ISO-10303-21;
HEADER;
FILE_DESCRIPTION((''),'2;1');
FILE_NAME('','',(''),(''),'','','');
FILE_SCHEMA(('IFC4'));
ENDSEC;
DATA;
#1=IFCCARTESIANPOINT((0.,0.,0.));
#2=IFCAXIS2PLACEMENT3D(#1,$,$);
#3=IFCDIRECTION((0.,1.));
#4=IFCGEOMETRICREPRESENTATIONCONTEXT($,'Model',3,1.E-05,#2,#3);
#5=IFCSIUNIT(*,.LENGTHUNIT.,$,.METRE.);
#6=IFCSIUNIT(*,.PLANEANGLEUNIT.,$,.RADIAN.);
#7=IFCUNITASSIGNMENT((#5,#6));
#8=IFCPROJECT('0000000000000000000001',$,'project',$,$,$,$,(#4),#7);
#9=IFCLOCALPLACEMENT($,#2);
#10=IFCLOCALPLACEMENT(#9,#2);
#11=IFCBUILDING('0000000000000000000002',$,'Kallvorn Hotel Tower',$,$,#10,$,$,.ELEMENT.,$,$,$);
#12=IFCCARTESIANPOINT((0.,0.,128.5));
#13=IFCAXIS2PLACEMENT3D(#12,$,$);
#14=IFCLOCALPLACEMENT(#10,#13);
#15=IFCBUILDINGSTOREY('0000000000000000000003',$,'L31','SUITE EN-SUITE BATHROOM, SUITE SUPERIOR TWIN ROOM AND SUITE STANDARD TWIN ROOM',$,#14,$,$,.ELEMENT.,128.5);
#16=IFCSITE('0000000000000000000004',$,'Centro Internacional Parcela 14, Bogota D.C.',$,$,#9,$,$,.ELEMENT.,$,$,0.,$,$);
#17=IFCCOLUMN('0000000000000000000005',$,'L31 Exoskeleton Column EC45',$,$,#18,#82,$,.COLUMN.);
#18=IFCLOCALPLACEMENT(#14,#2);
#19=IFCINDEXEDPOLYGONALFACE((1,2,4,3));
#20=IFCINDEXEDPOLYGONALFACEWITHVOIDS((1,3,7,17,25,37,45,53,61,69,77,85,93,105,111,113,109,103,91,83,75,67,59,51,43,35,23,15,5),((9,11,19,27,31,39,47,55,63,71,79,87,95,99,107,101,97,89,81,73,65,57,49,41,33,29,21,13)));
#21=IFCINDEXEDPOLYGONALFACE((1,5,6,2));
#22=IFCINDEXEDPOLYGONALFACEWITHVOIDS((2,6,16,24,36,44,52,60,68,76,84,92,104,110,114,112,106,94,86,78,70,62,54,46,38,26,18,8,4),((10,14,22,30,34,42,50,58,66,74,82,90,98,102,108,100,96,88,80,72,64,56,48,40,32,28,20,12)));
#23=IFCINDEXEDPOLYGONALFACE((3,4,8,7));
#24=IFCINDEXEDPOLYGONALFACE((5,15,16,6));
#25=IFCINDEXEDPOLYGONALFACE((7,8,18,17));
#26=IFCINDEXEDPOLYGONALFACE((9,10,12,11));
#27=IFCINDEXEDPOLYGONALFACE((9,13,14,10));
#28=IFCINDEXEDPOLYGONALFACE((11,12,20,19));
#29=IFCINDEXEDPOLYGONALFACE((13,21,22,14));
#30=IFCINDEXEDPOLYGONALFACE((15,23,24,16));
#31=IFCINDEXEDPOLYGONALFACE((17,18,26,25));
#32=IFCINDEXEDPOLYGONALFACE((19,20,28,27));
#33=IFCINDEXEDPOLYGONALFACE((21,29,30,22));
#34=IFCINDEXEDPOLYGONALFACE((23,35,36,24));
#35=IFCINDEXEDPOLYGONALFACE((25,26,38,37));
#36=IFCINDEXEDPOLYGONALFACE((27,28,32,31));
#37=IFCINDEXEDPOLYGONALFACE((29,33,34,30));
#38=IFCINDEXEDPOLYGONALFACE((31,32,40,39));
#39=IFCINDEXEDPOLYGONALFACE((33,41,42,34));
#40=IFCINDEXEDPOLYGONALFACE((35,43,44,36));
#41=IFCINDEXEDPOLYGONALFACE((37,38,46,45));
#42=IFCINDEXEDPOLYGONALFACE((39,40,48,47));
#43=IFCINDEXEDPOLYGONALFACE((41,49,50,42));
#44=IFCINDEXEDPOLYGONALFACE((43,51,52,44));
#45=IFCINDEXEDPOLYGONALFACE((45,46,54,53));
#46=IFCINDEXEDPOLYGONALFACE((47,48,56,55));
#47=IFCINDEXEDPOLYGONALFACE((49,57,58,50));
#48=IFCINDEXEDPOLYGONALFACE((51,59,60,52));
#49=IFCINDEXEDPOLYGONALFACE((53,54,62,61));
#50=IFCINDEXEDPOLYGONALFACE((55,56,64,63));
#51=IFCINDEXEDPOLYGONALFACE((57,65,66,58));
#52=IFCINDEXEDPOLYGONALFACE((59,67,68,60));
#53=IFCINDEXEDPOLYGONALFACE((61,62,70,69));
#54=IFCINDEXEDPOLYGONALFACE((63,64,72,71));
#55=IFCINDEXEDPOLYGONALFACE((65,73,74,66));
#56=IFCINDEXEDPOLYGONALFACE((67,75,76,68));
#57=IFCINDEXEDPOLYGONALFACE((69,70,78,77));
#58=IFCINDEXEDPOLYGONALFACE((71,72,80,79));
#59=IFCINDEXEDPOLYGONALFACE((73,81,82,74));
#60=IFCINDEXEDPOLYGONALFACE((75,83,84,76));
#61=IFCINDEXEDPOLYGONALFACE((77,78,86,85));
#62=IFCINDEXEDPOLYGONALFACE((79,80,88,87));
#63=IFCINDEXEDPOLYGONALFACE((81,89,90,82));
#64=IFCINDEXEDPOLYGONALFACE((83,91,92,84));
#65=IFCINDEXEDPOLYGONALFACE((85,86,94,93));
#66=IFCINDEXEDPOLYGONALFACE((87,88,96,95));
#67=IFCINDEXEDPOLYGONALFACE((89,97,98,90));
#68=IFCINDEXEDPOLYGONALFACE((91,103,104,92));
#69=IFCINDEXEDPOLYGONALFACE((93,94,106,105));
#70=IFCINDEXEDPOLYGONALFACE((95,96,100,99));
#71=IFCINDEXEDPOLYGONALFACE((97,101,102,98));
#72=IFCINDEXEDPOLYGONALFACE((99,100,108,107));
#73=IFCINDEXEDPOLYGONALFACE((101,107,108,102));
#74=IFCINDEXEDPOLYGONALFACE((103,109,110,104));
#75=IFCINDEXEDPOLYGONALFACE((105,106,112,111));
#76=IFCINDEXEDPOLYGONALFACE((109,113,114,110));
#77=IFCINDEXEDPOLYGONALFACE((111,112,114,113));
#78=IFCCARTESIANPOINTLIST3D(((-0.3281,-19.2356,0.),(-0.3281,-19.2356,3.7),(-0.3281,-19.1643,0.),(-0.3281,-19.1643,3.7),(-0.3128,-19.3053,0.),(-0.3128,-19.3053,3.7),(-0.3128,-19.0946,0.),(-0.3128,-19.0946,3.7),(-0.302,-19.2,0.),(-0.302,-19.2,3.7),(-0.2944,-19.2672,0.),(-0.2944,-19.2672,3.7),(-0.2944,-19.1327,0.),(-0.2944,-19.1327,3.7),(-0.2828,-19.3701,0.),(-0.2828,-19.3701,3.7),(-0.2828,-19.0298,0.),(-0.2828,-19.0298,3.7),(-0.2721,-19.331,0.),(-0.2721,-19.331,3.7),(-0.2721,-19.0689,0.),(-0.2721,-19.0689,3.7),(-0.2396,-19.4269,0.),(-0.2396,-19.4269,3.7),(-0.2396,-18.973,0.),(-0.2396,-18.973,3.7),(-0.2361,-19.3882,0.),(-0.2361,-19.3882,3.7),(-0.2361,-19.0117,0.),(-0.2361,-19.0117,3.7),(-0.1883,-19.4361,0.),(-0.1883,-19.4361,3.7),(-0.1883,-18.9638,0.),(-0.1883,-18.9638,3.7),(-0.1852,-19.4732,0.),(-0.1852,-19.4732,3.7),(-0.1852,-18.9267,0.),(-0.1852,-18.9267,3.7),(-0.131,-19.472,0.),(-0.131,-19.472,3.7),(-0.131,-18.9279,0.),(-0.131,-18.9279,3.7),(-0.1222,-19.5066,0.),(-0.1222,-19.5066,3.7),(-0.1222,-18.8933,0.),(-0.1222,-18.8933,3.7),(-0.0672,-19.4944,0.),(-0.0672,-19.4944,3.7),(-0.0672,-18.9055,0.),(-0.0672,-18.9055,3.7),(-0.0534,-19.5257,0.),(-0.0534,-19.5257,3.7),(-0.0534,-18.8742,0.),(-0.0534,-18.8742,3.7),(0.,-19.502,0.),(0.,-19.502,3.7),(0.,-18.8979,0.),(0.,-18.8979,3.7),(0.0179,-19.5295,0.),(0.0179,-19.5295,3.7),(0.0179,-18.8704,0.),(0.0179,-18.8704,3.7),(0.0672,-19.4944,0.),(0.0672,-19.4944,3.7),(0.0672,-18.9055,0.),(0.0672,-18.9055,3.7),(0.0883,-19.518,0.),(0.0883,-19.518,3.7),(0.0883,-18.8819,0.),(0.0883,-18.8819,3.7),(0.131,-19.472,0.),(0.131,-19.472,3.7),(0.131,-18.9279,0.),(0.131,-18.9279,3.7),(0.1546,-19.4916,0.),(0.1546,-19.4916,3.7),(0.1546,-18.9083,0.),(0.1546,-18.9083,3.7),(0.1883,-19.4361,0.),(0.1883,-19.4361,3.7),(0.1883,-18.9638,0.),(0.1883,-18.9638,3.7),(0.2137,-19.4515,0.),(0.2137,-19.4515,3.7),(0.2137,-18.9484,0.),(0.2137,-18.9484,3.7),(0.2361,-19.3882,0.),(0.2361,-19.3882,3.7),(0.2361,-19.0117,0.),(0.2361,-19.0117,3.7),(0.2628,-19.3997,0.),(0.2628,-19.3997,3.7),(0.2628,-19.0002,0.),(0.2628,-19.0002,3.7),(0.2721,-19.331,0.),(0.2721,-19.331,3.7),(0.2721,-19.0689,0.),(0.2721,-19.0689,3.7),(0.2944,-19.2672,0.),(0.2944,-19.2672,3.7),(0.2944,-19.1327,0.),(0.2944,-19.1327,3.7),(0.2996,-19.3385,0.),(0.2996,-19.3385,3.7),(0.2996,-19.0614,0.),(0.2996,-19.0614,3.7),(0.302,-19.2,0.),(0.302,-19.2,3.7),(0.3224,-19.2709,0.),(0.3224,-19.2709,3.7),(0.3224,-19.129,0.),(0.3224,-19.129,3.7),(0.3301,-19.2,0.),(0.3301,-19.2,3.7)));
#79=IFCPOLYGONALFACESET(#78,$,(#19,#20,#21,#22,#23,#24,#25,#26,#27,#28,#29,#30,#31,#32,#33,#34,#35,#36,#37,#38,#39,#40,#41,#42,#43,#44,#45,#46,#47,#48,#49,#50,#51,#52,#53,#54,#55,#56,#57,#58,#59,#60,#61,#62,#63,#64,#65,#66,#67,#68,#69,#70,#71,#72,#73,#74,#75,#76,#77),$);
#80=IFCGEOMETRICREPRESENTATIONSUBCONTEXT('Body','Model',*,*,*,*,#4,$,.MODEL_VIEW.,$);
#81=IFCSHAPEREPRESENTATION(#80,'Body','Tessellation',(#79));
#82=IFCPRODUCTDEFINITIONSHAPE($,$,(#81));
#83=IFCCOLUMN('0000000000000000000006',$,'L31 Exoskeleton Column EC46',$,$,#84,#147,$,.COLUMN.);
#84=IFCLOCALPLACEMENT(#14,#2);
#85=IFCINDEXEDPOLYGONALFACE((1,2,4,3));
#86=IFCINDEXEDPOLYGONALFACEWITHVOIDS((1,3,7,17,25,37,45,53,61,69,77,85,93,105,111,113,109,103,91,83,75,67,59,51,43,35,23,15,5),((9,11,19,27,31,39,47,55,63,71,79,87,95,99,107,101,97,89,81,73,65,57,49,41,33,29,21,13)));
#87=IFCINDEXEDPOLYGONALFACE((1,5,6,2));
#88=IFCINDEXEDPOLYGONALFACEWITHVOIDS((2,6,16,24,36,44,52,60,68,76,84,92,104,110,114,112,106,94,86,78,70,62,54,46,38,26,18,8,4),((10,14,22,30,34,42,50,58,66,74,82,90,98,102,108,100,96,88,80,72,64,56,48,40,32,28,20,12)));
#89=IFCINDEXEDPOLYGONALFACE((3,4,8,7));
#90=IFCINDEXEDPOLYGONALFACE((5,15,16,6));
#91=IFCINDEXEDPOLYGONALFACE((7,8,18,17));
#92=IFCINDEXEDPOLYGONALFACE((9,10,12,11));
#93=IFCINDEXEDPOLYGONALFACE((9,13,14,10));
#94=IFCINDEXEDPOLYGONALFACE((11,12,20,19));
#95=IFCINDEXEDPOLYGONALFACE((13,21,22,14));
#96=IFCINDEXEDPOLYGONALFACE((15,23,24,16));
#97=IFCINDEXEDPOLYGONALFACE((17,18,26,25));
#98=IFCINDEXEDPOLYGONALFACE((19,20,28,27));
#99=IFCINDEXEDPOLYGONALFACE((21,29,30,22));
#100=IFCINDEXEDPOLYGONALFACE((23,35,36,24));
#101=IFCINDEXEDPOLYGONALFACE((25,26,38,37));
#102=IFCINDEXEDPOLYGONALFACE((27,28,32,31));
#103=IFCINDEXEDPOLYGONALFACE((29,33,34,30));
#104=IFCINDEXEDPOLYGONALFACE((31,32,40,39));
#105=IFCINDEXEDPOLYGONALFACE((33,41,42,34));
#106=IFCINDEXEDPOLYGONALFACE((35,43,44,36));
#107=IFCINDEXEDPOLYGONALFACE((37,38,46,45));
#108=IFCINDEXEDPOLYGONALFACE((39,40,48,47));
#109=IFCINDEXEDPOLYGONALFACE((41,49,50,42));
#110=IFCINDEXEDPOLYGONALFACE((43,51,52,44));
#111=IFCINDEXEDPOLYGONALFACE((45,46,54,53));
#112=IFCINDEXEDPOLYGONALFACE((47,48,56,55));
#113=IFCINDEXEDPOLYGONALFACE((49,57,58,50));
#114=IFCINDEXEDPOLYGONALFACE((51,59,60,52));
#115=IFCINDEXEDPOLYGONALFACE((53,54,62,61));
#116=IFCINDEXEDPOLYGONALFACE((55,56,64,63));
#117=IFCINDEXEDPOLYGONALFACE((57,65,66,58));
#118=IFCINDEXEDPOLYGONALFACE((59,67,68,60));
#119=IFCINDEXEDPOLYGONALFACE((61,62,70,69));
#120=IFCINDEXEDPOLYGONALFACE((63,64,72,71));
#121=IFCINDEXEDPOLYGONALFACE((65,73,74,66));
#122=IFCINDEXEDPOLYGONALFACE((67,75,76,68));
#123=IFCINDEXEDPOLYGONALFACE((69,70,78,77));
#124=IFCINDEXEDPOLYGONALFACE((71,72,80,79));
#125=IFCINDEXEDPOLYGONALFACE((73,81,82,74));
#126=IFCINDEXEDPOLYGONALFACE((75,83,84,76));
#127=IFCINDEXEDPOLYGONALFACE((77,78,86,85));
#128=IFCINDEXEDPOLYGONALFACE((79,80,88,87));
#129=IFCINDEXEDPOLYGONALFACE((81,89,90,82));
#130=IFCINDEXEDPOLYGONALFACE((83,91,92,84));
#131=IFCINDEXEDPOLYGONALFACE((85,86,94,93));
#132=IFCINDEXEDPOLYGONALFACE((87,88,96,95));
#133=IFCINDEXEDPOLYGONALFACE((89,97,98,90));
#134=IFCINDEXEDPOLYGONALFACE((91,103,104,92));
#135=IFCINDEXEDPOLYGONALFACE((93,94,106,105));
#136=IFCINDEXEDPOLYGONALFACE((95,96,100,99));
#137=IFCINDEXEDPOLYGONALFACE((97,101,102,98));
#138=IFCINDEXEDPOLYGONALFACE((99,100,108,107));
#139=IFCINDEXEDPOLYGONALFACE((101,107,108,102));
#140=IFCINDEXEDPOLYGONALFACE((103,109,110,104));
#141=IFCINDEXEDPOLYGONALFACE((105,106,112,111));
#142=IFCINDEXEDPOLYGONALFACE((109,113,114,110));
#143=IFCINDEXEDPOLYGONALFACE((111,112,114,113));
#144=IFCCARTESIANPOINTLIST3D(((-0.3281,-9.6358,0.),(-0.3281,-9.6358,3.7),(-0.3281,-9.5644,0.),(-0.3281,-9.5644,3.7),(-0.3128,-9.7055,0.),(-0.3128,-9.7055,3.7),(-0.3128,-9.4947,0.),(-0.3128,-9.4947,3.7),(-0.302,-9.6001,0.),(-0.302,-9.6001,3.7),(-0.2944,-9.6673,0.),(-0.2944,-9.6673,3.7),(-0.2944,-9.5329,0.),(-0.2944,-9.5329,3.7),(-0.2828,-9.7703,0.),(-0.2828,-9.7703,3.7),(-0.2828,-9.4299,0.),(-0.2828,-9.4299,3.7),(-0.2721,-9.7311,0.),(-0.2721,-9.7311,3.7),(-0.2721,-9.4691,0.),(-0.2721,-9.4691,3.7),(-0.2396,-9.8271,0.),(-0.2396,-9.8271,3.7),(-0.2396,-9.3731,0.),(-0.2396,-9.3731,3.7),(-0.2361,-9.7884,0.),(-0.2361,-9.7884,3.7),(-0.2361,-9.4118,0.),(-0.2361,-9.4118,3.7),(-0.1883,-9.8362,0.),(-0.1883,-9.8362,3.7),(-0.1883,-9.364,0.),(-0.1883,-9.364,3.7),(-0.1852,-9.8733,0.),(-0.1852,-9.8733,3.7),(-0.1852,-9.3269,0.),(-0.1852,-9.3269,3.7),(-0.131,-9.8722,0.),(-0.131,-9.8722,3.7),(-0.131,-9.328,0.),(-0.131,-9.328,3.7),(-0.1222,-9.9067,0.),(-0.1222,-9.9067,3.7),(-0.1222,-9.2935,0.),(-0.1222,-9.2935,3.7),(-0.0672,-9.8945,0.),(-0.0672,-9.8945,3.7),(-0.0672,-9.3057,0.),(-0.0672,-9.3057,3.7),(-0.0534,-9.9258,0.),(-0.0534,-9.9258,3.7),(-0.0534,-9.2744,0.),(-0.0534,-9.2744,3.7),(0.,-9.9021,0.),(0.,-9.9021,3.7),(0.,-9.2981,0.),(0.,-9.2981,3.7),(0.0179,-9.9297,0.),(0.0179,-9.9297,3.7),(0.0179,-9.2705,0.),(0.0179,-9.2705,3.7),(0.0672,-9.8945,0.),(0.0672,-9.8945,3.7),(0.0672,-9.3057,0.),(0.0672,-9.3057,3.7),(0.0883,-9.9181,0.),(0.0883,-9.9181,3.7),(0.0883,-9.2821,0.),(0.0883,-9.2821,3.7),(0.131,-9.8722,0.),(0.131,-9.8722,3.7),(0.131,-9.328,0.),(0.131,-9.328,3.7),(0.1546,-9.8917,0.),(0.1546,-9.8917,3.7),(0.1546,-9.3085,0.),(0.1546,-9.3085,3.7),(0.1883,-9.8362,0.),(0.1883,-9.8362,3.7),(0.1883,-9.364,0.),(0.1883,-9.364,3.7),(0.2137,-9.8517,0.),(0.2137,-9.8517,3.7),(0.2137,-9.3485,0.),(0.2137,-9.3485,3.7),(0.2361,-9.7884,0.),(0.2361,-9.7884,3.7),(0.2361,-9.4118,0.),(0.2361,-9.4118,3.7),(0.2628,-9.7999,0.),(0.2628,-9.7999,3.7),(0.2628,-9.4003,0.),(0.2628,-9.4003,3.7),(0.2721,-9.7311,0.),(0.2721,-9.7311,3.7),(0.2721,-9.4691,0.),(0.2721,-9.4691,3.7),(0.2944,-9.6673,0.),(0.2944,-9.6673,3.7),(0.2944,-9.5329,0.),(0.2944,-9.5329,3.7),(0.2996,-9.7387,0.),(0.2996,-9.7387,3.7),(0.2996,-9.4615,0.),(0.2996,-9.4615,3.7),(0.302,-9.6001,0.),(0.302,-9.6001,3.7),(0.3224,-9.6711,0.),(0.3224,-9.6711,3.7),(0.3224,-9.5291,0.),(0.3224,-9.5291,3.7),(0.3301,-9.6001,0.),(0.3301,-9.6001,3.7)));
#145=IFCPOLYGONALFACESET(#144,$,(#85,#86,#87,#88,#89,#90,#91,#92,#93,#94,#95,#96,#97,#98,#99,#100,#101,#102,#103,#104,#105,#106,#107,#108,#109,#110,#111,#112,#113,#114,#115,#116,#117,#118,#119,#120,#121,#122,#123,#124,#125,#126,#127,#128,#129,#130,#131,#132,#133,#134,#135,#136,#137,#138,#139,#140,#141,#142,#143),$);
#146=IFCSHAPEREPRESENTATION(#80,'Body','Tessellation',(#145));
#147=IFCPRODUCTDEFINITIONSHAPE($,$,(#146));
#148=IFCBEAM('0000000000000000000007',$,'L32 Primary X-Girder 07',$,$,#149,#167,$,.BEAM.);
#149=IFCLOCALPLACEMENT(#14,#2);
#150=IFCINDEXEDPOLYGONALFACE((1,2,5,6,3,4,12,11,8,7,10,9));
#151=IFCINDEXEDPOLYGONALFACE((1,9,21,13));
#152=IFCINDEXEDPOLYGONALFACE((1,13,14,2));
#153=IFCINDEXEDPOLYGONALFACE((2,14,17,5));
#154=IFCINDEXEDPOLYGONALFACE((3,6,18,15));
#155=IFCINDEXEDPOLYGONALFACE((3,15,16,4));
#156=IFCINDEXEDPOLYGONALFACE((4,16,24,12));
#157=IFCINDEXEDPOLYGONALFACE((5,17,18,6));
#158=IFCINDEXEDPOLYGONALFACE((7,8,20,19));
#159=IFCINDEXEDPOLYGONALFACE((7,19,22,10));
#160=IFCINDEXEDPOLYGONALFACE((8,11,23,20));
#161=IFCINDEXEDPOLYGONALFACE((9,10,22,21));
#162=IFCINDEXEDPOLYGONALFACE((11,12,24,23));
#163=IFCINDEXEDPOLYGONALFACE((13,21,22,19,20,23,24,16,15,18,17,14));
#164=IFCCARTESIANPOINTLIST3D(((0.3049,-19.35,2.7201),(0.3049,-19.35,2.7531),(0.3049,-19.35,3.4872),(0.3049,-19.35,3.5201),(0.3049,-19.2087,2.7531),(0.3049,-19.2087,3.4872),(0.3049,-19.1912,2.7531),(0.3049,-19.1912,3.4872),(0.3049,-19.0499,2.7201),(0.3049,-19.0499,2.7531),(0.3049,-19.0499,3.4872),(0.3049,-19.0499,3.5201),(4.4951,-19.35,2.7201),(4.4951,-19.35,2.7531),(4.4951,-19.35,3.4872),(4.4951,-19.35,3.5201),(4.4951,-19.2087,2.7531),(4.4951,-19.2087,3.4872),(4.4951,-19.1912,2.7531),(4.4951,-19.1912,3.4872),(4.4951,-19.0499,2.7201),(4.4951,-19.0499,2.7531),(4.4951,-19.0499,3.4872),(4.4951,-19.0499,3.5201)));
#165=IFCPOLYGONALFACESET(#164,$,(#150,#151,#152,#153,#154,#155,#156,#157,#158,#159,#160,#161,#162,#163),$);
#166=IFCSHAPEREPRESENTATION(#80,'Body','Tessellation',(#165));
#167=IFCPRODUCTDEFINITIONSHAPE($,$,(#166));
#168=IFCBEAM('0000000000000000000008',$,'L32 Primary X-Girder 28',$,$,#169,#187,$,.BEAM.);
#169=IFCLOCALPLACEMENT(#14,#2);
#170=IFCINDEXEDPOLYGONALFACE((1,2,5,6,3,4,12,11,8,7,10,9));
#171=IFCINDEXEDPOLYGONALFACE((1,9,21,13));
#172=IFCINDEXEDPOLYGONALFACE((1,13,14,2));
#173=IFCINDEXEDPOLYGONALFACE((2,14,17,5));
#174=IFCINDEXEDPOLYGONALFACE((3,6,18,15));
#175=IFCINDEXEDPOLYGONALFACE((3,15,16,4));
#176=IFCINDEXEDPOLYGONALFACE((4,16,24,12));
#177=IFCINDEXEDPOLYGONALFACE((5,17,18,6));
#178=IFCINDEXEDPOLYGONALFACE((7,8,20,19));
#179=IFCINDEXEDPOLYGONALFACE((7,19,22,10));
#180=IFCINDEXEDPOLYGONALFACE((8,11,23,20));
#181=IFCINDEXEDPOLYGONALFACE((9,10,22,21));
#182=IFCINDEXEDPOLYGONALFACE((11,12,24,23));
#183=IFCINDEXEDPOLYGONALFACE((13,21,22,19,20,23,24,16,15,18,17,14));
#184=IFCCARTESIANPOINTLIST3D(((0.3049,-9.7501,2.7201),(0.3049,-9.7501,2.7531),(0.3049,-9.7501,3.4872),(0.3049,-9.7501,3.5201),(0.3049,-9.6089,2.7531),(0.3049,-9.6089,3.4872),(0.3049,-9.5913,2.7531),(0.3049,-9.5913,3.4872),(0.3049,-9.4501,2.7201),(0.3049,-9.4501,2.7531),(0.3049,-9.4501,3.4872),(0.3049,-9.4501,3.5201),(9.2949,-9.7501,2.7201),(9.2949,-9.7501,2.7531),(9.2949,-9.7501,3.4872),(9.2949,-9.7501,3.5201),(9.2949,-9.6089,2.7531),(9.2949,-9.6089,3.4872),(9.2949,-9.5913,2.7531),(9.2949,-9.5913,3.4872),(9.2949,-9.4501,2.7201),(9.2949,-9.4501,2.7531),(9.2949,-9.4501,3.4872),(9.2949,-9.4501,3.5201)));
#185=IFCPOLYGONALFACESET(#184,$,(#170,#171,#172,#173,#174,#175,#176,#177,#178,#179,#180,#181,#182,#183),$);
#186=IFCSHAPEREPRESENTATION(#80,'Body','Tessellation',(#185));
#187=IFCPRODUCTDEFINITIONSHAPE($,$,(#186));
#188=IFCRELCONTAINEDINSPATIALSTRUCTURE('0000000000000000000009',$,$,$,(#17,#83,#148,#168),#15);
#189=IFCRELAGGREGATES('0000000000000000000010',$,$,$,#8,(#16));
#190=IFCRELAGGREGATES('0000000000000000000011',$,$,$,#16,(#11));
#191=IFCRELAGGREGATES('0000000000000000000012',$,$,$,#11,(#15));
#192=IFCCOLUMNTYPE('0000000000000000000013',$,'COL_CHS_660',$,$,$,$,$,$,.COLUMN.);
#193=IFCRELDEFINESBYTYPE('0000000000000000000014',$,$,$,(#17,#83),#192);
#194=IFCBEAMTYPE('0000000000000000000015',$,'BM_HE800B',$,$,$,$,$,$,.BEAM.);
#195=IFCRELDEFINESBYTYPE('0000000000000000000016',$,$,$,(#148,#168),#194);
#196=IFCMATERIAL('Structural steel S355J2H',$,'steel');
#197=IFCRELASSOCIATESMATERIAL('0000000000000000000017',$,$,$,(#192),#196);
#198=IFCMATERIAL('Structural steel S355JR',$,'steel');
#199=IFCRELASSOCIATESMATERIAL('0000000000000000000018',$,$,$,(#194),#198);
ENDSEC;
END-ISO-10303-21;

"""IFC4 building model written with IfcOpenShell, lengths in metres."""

from ifc_helpers import new_model, si_unit, direction, frame, origin, origin_2d, place, context, subcontext, project, spatial, hollow_circle, i_section, extrude, material, material_profile, profile_set, type_object, element, save


model = new_model("IFC4")

# Units and contexts
model_context = context("Model", 3, precision=1e-05, world=origin(), true_north=direction((0.0, 1.0)))
body_context = subcontext(model_context, "Body", "Model", "MODEL_VIEW")
ifc_project = project(units=[si_unit("LENGTHUNIT", "METRE"), si_unit("PLANEANGLEUNIT", "RADIAN")], contexts=[model_context])

# Site, building, storey
site_placement = place(None, origin())
site = spatial("IfcSite", under=ifc_project, at=site_placement, Name="Centro Internacional Parcela 14, Bogota D.C.", CompositionType="ELEMENT", RefElevation=0.0)
building_placement = place(site_placement, origin())
building = spatial("IfcBuilding", under=site, at=building_placement, Name="Kallvorn Hotel Tower", CompositionType="ELEMENT")
storey_placement = place(building_placement, frame((0.0, 0.0, 128.5)))
storey = spatial("IfcBuildingStorey", under=building, at=storey_placement, Name="L31", Description="SUITE EN-SUITE BATHROOM, SUITE SUPERIOR TWIN ROOM AND SUITE STANDARD TWIN ROOM", CompositionType="ELEMENT", Elevation=128.5)

# Columns
ifc_material_1 = material(Name="Structural steel S355J2H", Category="steel")
ifc_material_profile_1 = material_profile(ifc_material_1, hollow_circle(Radius=0.3301, WallThickness=0.0281, at=origin_2d()), Name="CHS 660x28")
ifc_profile_set_1 = profile_set([ifc_material_profile_1], Name="Structural steel S355J2H")
column_type = type_object("IfcColumnType", Name="COL_CHS_660", PredefinedType="COLUMN", material=ifc_profile_set_1)
for number, where, z_axis, x_axis, name in (
    (1, (0.0, -19.2, 0.0), (0.0, 0.0, 1.0), (1.0, 0.0, 0.0), "L31 Exoskeleton Column EC45"),
    (2, (0.0, -9.6001, 0.0), (0.0, 0.0, 1.0), (1.0, 0.0, 0.0), "L31 Exoskeleton Column EC46"),
):
    element("IfcColumn", number, at=place(storey_placement, frame(where, z_axis=z_axis, x_axis=x_axis)), inside=storey, type_object=column_type, Name=name, PredefinedType="COLUMN", context=body_context, shape_type="SweptSolid", body=[
        extrude(hollow_circle(Radius=0.3301, WallThickness=0.0281, at=origin_2d()), origin(), (0.0, 0.0, 1.0), 3.7),
    ])

# Beams
ifc_material_2 = material(Name="Structural steel S355JR", Category="steel")
ifc_material_profile_2 = material_profile(ifc_material_2, i_section(OverallWidth=0.3, OverallDepth=0.8, WebThickness=0.0176, FlangeThickness=0.033, at=origin_2d()), Name="HE 800 B")
ifc_profile_set_2 = profile_set([ifc_material_profile_2], Name="Structural steel S355JR")
beam_type_1 = type_object("IfcBeamType", Name="BM_HE800B", PredefinedType="BEAM", material=ifc_profile_set_2)
beam_1_placement = place(storey_placement, frame((0.3049, -19.2, 3.1201), z_axis=(1.0, 0.0, 0.0), x_axis=(0.0, 1.0, 0.0)))
element("IfcBeam", 3, at=beam_1_placement, inside=storey, type_object=beam_type_1, Name="L32 Primary X-Girder 07", PredefinedType="BEAM", context=body_context, shape_type="SweptSolid", body=[
    extrude(i_section(OverallWidth=0.3, OverallDepth=0.8, WebThickness=0.0176, FlangeThickness=0.033, at=origin_2d()), origin(), (0.0, 0.0, 1.0), 4.1902),
])
beam_2_placement = place(storey_placement, frame((0.3049, -9.6001, 3.1201), z_axis=(1.0, 0.0, 0.0), x_axis=(0.0, 1.0, 0.0)))
element("IfcBeam", 4, at=beam_2_placement, inside=storey, type_object=beam_type_1, Name="L32 Primary X-Girder 28", PredefinedType="BEAM", context=body_context, shape_type="SweptSolid", body=[
    extrude(i_section(OverallWidth=0.3, OverallDepth=0.8, WebThickness=0.0176, FlangeThickness=0.033, at=origin_2d()), origin(), (0.0, 0.0, 1.0), 8.99),
])

save(model, "model.ifc")
